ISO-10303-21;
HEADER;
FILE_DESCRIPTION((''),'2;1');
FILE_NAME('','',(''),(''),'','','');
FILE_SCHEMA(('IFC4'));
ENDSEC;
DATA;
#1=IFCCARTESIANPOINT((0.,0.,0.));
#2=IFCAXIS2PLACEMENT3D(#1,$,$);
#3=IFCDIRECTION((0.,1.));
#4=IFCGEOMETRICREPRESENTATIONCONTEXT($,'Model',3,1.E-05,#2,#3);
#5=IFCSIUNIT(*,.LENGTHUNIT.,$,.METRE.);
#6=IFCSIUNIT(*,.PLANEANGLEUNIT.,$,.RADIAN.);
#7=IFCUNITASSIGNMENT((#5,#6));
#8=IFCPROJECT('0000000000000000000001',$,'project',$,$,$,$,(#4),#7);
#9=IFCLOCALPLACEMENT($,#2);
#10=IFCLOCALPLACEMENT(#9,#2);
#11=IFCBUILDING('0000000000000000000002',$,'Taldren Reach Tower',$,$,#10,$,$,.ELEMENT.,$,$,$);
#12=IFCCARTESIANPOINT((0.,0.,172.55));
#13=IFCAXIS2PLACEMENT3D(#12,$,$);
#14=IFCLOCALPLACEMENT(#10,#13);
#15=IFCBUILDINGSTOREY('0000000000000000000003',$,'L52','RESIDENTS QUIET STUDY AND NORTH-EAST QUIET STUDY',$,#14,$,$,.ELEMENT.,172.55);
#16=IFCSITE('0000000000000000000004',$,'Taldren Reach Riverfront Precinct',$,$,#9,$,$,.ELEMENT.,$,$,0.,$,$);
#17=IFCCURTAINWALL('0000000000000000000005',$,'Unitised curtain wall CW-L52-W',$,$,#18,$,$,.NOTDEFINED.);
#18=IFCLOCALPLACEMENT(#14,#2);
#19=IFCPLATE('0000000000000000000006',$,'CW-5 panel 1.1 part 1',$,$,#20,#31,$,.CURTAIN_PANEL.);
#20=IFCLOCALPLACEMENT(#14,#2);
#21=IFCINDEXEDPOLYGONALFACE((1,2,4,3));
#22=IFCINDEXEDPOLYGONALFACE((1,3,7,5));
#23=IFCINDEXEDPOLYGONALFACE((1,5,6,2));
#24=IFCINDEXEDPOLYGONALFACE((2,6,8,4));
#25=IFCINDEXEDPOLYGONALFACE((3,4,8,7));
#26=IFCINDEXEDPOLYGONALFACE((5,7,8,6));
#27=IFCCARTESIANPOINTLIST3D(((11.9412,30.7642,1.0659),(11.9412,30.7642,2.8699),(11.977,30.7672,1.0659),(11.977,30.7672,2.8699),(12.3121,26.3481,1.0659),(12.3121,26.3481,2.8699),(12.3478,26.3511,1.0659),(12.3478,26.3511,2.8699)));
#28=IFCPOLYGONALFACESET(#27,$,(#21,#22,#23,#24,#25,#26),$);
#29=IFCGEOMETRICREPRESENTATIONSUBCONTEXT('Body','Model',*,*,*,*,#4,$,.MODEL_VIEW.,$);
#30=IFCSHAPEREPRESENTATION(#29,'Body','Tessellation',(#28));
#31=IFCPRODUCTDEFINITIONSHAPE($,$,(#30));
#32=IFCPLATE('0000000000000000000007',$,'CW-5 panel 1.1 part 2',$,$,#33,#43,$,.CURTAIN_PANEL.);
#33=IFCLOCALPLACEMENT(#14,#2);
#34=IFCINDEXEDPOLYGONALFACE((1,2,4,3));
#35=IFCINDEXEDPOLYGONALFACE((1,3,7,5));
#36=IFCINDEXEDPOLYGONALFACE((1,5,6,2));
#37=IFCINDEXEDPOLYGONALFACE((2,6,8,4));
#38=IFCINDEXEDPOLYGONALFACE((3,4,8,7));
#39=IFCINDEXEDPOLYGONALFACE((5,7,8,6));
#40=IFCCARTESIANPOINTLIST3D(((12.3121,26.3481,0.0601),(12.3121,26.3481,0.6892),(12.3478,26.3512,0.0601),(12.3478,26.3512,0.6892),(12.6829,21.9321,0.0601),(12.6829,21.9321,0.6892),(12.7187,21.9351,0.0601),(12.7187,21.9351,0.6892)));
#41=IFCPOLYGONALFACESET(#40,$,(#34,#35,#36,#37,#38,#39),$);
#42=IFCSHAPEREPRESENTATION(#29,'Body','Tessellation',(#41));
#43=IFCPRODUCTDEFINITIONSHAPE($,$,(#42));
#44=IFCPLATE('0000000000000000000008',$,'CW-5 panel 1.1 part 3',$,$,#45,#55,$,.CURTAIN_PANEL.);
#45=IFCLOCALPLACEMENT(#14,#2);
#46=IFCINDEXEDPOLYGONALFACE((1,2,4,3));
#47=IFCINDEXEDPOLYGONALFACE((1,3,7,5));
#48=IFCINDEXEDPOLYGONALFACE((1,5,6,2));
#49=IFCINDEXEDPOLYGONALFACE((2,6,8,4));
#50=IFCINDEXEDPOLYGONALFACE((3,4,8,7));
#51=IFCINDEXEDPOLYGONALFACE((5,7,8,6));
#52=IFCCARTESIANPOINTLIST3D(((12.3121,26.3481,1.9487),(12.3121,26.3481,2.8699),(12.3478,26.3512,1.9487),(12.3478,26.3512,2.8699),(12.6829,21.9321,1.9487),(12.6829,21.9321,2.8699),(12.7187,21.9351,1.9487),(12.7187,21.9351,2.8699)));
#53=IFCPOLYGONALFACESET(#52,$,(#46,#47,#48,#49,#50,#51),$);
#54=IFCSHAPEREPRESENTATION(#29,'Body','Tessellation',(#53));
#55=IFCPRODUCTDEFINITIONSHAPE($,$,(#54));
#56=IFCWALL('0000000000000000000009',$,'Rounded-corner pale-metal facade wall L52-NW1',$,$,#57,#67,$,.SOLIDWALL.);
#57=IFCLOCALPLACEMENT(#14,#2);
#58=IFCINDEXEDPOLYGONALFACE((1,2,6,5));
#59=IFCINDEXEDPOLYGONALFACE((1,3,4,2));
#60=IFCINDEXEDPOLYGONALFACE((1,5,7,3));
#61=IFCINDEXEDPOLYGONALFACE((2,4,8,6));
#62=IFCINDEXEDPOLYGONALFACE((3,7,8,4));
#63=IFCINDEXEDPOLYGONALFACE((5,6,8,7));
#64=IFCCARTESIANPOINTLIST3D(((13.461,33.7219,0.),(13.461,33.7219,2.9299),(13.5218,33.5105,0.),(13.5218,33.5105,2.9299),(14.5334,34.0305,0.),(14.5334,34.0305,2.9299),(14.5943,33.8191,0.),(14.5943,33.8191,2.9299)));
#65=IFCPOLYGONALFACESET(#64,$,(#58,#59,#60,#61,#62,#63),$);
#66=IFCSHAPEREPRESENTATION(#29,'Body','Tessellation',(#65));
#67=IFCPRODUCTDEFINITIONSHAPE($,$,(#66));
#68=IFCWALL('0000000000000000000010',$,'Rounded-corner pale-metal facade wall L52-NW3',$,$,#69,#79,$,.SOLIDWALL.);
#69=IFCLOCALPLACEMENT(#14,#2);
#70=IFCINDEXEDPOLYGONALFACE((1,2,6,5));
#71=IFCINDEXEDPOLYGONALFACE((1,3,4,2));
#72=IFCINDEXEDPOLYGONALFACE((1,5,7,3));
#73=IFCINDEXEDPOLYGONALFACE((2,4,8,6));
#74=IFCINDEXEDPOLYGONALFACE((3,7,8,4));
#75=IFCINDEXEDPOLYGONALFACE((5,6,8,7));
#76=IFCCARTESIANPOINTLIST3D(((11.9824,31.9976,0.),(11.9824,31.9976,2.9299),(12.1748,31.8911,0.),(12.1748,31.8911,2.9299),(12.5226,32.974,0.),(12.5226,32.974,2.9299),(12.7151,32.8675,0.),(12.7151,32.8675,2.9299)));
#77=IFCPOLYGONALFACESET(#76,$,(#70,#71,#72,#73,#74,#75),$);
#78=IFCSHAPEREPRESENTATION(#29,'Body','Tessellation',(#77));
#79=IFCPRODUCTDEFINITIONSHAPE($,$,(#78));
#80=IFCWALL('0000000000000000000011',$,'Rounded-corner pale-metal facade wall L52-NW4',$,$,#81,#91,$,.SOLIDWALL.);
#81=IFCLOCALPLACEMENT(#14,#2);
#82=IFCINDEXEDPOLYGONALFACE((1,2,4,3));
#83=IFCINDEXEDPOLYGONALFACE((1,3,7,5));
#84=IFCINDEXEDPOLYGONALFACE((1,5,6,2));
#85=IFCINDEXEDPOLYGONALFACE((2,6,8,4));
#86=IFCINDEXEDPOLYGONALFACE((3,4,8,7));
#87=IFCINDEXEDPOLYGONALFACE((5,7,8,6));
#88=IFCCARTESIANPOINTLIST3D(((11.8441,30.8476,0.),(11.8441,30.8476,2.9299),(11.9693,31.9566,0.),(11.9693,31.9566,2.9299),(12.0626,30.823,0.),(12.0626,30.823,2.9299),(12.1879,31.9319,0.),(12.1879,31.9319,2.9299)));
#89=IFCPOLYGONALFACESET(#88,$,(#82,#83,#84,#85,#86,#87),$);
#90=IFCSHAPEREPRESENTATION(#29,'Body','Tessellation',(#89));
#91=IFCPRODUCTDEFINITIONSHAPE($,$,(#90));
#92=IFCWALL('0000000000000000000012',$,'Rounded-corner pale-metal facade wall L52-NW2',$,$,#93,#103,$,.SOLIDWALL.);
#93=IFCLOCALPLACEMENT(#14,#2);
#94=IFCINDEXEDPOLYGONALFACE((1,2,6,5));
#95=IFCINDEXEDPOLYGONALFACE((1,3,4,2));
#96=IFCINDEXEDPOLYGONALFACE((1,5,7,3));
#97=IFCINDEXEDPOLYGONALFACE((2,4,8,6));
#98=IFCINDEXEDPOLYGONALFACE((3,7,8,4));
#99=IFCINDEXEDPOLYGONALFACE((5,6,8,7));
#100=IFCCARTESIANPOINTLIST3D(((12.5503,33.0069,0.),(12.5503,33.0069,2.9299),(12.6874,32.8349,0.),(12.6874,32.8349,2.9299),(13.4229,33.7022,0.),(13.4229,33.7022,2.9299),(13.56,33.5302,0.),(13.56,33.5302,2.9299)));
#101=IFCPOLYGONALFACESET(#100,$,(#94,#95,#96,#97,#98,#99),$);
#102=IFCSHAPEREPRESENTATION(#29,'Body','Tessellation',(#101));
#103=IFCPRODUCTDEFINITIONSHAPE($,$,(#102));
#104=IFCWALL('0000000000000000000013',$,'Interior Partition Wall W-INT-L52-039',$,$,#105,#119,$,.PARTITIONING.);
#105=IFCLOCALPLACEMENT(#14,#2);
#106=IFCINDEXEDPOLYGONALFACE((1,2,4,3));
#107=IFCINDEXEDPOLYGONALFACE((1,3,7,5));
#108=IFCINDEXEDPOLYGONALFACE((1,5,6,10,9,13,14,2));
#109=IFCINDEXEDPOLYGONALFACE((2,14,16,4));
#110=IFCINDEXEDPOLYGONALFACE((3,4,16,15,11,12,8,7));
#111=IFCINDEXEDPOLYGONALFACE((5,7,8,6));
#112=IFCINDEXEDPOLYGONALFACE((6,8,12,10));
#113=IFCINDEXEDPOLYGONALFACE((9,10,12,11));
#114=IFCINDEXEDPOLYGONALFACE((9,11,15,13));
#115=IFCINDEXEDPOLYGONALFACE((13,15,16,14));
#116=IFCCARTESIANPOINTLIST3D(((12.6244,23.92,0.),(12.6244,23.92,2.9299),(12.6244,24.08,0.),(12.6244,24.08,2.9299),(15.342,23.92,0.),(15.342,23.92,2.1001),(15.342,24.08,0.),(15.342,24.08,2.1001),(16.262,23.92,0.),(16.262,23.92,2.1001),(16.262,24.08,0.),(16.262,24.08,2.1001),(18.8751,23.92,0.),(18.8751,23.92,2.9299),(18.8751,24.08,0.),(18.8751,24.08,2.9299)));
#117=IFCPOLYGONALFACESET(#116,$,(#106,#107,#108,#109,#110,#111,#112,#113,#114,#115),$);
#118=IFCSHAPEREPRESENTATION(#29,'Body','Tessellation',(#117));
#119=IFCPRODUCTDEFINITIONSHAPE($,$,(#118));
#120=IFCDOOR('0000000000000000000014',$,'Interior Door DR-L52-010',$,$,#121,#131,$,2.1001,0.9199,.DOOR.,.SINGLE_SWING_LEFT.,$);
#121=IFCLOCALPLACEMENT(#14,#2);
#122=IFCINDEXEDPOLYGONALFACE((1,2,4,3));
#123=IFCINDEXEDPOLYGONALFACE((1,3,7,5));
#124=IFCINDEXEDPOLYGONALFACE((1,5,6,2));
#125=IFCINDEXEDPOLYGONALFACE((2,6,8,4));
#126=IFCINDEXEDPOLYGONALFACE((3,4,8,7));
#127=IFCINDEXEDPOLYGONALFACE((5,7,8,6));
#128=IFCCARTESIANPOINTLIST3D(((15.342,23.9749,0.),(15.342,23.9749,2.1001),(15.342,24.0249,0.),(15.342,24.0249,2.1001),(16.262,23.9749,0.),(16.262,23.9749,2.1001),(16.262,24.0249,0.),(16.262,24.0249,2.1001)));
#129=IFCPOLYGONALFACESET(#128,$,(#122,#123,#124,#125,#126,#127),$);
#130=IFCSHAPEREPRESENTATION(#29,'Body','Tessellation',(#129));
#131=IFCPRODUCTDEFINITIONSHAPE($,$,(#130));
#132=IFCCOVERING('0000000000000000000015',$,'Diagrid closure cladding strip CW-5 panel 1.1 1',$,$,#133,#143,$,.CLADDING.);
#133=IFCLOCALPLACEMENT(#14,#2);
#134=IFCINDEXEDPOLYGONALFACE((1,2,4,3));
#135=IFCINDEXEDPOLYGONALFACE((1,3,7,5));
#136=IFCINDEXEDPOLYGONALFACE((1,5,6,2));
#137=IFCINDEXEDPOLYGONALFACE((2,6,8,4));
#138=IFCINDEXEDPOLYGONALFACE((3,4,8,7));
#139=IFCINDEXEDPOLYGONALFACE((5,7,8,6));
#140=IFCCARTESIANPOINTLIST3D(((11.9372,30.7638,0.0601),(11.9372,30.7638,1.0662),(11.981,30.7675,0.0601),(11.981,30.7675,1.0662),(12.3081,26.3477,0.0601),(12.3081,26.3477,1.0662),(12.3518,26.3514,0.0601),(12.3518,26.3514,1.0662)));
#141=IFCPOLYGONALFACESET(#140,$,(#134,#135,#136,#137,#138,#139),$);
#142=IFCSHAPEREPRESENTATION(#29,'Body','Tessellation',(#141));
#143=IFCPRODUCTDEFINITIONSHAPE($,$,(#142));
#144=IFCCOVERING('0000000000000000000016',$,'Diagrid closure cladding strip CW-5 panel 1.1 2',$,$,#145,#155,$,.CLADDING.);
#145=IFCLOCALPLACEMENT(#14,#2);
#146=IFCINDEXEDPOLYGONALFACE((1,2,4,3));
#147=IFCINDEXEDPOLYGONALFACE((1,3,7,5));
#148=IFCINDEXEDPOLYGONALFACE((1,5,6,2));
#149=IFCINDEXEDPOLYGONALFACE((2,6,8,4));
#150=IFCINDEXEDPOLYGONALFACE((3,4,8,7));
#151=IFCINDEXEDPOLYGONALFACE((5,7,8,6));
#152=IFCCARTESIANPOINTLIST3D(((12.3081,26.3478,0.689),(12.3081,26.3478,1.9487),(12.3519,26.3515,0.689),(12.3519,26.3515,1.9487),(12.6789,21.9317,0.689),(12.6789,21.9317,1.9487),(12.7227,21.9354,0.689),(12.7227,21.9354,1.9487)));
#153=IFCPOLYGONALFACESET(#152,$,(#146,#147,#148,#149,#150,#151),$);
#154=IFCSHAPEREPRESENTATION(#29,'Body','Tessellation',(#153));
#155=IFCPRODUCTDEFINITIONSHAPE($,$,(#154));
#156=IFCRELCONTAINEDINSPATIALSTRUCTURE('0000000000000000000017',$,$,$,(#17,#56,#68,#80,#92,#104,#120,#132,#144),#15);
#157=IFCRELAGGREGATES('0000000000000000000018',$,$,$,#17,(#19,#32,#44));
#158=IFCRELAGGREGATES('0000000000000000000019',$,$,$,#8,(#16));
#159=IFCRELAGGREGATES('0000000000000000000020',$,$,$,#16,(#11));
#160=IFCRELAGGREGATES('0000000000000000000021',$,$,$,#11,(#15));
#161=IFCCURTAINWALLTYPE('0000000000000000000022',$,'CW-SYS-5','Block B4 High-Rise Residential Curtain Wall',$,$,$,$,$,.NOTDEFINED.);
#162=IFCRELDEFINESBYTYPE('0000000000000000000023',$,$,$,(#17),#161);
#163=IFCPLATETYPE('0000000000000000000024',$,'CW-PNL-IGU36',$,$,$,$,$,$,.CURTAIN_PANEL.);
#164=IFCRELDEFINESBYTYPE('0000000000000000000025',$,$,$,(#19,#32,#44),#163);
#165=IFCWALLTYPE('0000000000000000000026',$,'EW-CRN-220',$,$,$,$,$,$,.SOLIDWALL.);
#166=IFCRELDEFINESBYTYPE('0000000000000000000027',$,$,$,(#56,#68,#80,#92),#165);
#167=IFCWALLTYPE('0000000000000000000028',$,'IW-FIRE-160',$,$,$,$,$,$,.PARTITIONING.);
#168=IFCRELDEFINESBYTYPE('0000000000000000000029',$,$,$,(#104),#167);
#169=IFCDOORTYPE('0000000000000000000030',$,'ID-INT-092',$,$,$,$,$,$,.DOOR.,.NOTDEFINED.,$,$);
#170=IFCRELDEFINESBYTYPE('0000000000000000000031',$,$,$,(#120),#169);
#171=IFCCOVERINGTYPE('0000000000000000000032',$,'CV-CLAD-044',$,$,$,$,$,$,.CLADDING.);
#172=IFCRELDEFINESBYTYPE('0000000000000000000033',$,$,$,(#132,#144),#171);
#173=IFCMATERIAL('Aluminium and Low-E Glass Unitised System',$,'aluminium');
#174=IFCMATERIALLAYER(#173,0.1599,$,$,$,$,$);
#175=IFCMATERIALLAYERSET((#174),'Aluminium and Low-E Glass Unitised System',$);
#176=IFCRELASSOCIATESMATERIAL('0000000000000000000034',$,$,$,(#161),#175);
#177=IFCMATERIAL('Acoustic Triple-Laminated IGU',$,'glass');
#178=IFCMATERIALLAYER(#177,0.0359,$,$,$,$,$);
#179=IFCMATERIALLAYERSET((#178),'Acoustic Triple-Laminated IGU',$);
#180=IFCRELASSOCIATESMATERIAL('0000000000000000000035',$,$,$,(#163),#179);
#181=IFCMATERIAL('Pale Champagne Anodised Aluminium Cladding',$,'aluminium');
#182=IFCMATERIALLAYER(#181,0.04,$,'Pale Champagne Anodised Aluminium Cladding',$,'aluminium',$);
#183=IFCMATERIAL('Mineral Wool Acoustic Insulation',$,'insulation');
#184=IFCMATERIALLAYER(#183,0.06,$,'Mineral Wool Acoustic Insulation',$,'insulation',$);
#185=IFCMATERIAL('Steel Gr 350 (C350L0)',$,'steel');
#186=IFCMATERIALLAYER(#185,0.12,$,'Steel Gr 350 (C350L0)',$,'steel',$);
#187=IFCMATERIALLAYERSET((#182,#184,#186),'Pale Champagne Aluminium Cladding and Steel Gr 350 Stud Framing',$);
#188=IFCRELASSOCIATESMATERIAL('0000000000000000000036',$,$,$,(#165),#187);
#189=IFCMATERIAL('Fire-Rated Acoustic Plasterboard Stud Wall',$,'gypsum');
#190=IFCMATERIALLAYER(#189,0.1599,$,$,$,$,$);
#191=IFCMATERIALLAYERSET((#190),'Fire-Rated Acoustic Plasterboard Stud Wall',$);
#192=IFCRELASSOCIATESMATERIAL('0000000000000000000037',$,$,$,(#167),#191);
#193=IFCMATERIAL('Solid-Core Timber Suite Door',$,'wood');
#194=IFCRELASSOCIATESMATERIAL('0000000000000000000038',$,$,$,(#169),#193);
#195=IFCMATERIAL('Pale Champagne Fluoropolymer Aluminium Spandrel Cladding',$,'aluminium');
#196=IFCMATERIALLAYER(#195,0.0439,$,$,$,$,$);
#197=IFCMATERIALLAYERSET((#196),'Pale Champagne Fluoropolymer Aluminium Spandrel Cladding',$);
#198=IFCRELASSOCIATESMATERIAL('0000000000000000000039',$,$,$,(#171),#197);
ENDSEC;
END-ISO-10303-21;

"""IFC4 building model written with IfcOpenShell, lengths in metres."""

from ifc_helpers import new_model, si_unit, direction, frame, frame_2d, origin, origin_2d, place, context, subcontext, project, spatial, rectangle, extrude, source, transform, mapped, material, layer, layer_set, type_object, element, fill, aggregate, save


model = new_model("IFC4")

# Units and contexts
model_context = context("Model", 3, precision=1e-05, world=origin(), true_north=direction((0.0, 1.0)))
body_context = subcontext(model_context, "Body", "Model", "MODEL_VIEW")
ifc_project = project(units=[si_unit("LENGTHUNIT", "METRE"), si_unit("PLANEANGLEUNIT", "RADIAN")], contexts=[model_context])

# Site, building, storey
site_placement = place(None, origin())
site = spatial("IfcSite", under=ifc_project, at=site_placement, Name="Taldren Reach Riverfront Precinct", CompositionType="ELEMENT", RefElevation=0.0)
building_placement = place(site_placement, origin())
building = spatial("IfcBuilding", under=site, at=building_placement, Name="Taldren Reach Tower", CompositionType="ELEMENT")
storey_placement = place(building_placement, frame((0.0, 0.0, 172.55)))
storey = spatial("IfcBuildingStorey", under=building, at=storey_placement, Name="L52", Description="RESIDENTS QUIET STUDY AND NORTH-EAST QUIET STUDY", CompositionType="ELEMENT", Elevation=172.55)

# Shared definitions
ifc_material_1 = material(Name="Steel Gr 350 (C350L0)", Category="steel")

# Shared definitions
ifc_material_2 = material(Name="Aluminium and Low-E Glass Unitised System", Category="aluminium")
ifc_layer_1 = layer(ifc_material_2, 0.1599)
ifc_layer_set_1 = layer_set([ifc_layer_1], Name="Aluminium and Low-E Glass Unitised System")
curtain_wall_type = type_object("IfcCurtainWallType", Name="CW-SYS-5", Description="Block B4 High-Rise Residential Curtain Wall", PredefinedType="NOTDEFINED", material=ifc_layer_set_1)

# Curtain wall
curtain_wall_1_placement = place(storey_placement, origin())
curtain_wall_1 = element("IfcCurtainWall", 1, at=curtain_wall_1_placement, inside=storey, type_object=curtain_wall_type, Name="Unitised curtain wall CW-L52-W", PredefinedType="NOTDEFINED")

# Plates
ifc_material_3 = material(Name="Acoustic Triple-Laminated IGU", Category="glass")
ifc_layer_2 = layer(ifc_material_3, 0.0359)
ifc_layer_set_2 = layer_set([ifc_layer_2], Name="Acoustic Triple-Laminated IGU")
plate_type_1 = type_object("IfcPlateType", Name="CW-PNL-IGU36", PredefinedType="CURTAIN_PANEL", material=ifc_layer_set_2)
shared_shape_1 = source(origin(), body_context, "Body", "SweptSolid", [
    extrude(rectangle(XDim=4.4316, YDim=0.0359, at=origin_2d()), origin(), (0.0, 0.0, 1.0), 1.804),
])
plate_1_placement = place(storey_placement, frame((12.1445, 28.5576, 1.0659), z_axis=(0.0, 0.0, 1.0), x_axis=(0.083678, -0.996493, 0.0)))
plate_1 = element("IfcPlate", 2, at=plate_1_placement, type_object=plate_type_1, Name="CW-5 panel 1.1 part 1", PredefinedType="CURTAIN_PANEL", context=body_context, shape_type="MappedRepresentation", body=[
    mapped(shared_shape_1, transform((0.0, 0.0, 0.0), scale=1.0)),
])
shared_shape_2 = source(origin(), body_context, "Body", "SweptSolid", [
    extrude(rectangle(XDim=4.4316, YDim=0.0359, at=origin_2d()), origin(), (0.0, 0.0, 1.0), 0.6292),
])
plate_2_placement = place(storey_placement, frame((12.5154, 24.1416, 0.0601), z_axis=(0.0, 0.0, 1.0), x_axis=(0.083678, -0.996493, 0.0)))
plate_2 = element("IfcPlate", 3, at=plate_2_placement, type_object=plate_type_1, Name="CW-5 panel 1.1 part 2", PredefinedType="CURTAIN_PANEL", context=body_context, shape_type="MappedRepresentation", body=[
    mapped(shared_shape_2, transform((0.0, 0.0, 0.0), scale=1.0)),
])
shared_shape_3 = source(origin(), body_context, "Body", "SweptSolid", [
    extrude(rectangle(XDim=4.4316, YDim=0.0359, at=origin_2d()), origin(), (0.0, 0.0, 1.0), 0.9211),
])
plate_3_placement = place(storey_placement, frame((12.5154, 24.1416, 1.9487), z_axis=(0.0, 0.0, 1.0), x_axis=(0.083678, -0.996493, 0.0)))
plate_3 = element("IfcPlate", 4, at=plate_3_placement, type_object=plate_type_1, Name="CW-5 panel 1.1 part 3", PredefinedType="CURTAIN_PANEL", context=body_context, shape_type="MappedRepresentation", body=[
    mapped(shared_shape_3, transform((0.0, 0.0, 0.0), scale=1.0)),
])
aggregate(curtain_wall_1, [plate_1, plate_2, plate_3])

# Walls
ifc_material_4 = material(Name="Pale Champagne Anodised Aluminium Cladding", Category="aluminium")
ifc_layer_3 = layer(ifc_material_4, 0.04, Name="Pale Champagne Anodised Aluminium Cladding", Category="aluminium")
ifc_material_5 = material(Name="Mineral Wool Acoustic Insulation", Category="insulation")
ifc_layer_4 = layer(ifc_material_5, 0.06, Name="Mineral Wool Acoustic Insulation", Category="insulation")
ifc_layer_5 = layer(ifc_material_1, 0.12, Name="Steel Gr 350 (C350L0)", Category="steel")
ifc_layer_set_3 = layer_set([ifc_layer_3, ifc_layer_4, ifc_layer_5], Name="Pale Champagne Aluminium Cladding and Steel Gr 350 Stud Framing")
wall_type_1 = type_object("IfcWallType", Name="EW-CRN-220", PredefinedType="SOLIDWALL", material=ifc_layer_set_3)
shared_shape_4 = source(origin(), body_context, "Body", "SweptSolid", [
    extrude(rectangle(XDim=1.116, YDim=0.22, at=frame_2d((0.5581, 0.0))), origin(), (0.0, 0.0, 1.0), 2.9299),
])
for number, where, z_axis, x_axis, name in (
    (5, (14.564, 33.9248, 0.0), (0.0, 0.0, 1.0), (-0.96101, -0.276512, 0.0), "Rounded-corner pale-metal facade wall L52-NW1"),
    (6, (12.6189, 32.9209, 0.0), (0.0, 0.0, 1.0), (-0.484101, -0.875012, 0.0), "Rounded-corner pale-metal facade wall L52-NW3"),
    (7, (12.0786, 31.9443, 0.0), (0.0, 0.0, 1.0), (-0.112232, -0.993682, 0.0), "Rounded-corner pale-metal facade wall L52-NW4"),
):
    element("IfcWall", number, at=place(storey_placement, frame(where, z_axis=z_axis, x_axis=x_axis)), inside=storey, type_object=wall_type_1, Name=name, PredefinedType="SOLIDWALL", context=body_context, shape_type="MappedRepresentation", body=[
        mapped(shared_shape_4, transform((0.0, 0.0, 0.0), scale=1.0)),
    ])
shared_shape_5 = source(origin(), body_context, "Body", "SweptSolid", [
    extrude(rectangle(XDim=1.1157, YDim=0.22, at=frame_2d((0.5579, 0.0))), origin(), (0.0, 0.0, 1.0), 2.9299),
])
wall_1_placement = place(storey_placement, frame((13.4915, 33.6162, 0.0), z_axis=(0.0, 0.0, 1.0), x_axis=(-0.782063, -0.6232, 0.0)))
element("IfcWall", 8, at=wall_1_placement, inside=storey, type_object=wall_type_1, Name="Rounded-corner pale-metal facade wall L52-NW2", PredefinedType="SOLIDWALL", context=body_context, shape_type="MappedRepresentation", body=[
    mapped(shared_shape_5, transform((0.0, 0.0, 0.0), scale=1.0)),
])

# Wall, opening, door
ifc_material_6 = material(Name="Fire-Rated Acoustic Plasterboard Stud Wall", Category="gypsum")
ifc_layer_6 = layer(ifc_material_6, 0.1599)
ifc_layer_set_4 = layer_set([ifc_layer_6], Name="Fire-Rated Acoustic Plasterboard Stud Wall")
wall_type_2 = type_object("IfcWallType", Name="IW-FIRE-160", PredefinedType="PARTITIONING", material=ifc_layer_set_4)
shared_shape_6 = source(origin(), body_context, "Body", "SweptSolid", [
    extrude(rectangle(XDim=6.2507, YDim=0.1599, at=frame_2d((3.1255, 0.0))), origin(), (0.0, 0.0, 1.0), 2.9299),
])
wall_2_placement = place(storey_placement, frame((12.6243, 24.0, 0.0), z_axis=(0.0, 0.0, 1.0), x_axis=(1.0, 0.0, 0.0)))
wall_2 = element("IfcWall", 9, at=wall_2_placement, inside=storey, type_object=wall_type_2, Name="Interior Partition Wall W-INT-L52-039", PredefinedType="PARTITIONING", context=body_context, shape_type="MappedRepresentation", body=[
    mapped(shared_shape_6, transform((0.0, 0.0, 0.0), scale=1.0)),
])
shared_shape_7 = source(origin(), body_context, "Body", "SweptSolid", [
    extrude(rectangle(XDim=0.9199, YDim=2.1001, at=frame_2d((0.46, 1.05))), frame((0.0, 0.0898, 0.0), z_axis=(0.0, -1.0, 0.0), x_axis=(1.0, 0.0, 0.0)), (0.0, 0.0, 1.0), 0.1799),
])
opening_placement = place(wall_2_placement, frame((2.7178, 0.0, 0.0)))
opening = element("IfcOpeningElement", 10, at=opening_placement, cuts=wall_2, PredefinedType="OPENING", context=body_context, shape_type="MappedRepresentation", body=[
    mapped(shared_shape_7, transform((0.0, 0.0, 0.0), scale=1.0)),
])
ifc_material_7 = material(Name="Solid-Core Timber Suite Door", Category="wood")
door_type = type_object("IfcDoorType", Name="ID-INT-092", OperationType="NOTDEFINED", PredefinedType="DOOR", material=ifc_material_7)
shared_shape_8 = source(origin(), body_context, "Body", "SweptSolid", [
    extrude(rectangle(XDim=0.9199, YDim=2.1001, at=frame_2d((0.46, 1.05))), frame((0.0, 0.0249, 0.0), z_axis=(0.0, -1.0, 0.0), x_axis=(1.0, 0.0, 0.0)), (0.0, 0.0, 1.0), 0.05),
])
door_placement = place(opening_placement, origin())
door = element("IfcDoor", 11, at=door_placement, inside=storey, type_object=door_type, Name="Interior Door DR-L52-010", OperationType="SINGLE_SWING_LEFT", OverallHeight=2.1001, OverallWidth=0.9199, PredefinedType="DOOR", context=body_context, shape_type="MappedRepresentation", body=[
    mapped(shared_shape_8, transform((0.0, 0.0, 0.0), scale=1.0)),
])
fill(opening, door)

# Coverings
ifc_material_8 = material(Name="Pale Champagne Fluoropolymer Aluminium Spandrel Cladding", Category="aluminium")
ifc_layer_7 = layer(ifc_material_8, 0.0439)
ifc_layer_set_5 = layer_set([ifc_layer_7], Name="Pale Champagne Fluoropolymer Aluminium Spandrel Cladding")
covering_type = type_object("IfcCoveringType", Name="CV-CLAD-044", PredefinedType="CLADDING", material=ifc_layer_set_5)
shared_shape_9 = source(origin(), body_context, "Body", "SweptSolid", [
    extrude(rectangle(XDim=4.4316, YDim=0.0439, at=origin_2d()), origin(), (0.0, 0.0, 1.0), 1.0061),
])
covering_1_placement = place(storey_placement, frame((12.1445, 28.5576, 0.0601), z_axis=(0.0, 0.0, 1.0), x_axis=(0.083678, -0.996493, 0.0)))
element("IfcCovering", 12, at=covering_1_placement, inside=storey, type_object=covering_type, Name="Diagrid closure cladding strip CW-5 panel 1.1 1", PredefinedType="CLADDING", context=body_context, shape_type="MappedRepresentation", body=[
    mapped(shared_shape_9, transform((0.0, 0.0, 0.0), scale=1.0)),
])
shared_shape_10 = source(origin(), body_context, "Body", "SweptSolid", [
    extrude(rectangle(XDim=4.4316, YDim=0.0439, at=origin_2d()), origin(), (0.0, 0.0, 1.0), 1.2598),
])
covering_2_placement = place(storey_placement, frame((12.5154, 24.1416, 0.689), z_axis=(0.0, 0.0, 1.0), x_axis=(0.083678, -0.996493, 0.0)))
element("IfcCovering", 13, at=covering_2_placement, inside=storey, type_object=covering_type, Name="Diagrid closure cladding strip CW-5 panel 1.1 2", PredefinedType="CLADDING", context=body_context, shape_type="MappedRepresentation", body=[
    mapped(shared_shape_10, transform((0.0, 0.0, 0.0), scale=1.0)),
])

save(model, "model.ifc")
